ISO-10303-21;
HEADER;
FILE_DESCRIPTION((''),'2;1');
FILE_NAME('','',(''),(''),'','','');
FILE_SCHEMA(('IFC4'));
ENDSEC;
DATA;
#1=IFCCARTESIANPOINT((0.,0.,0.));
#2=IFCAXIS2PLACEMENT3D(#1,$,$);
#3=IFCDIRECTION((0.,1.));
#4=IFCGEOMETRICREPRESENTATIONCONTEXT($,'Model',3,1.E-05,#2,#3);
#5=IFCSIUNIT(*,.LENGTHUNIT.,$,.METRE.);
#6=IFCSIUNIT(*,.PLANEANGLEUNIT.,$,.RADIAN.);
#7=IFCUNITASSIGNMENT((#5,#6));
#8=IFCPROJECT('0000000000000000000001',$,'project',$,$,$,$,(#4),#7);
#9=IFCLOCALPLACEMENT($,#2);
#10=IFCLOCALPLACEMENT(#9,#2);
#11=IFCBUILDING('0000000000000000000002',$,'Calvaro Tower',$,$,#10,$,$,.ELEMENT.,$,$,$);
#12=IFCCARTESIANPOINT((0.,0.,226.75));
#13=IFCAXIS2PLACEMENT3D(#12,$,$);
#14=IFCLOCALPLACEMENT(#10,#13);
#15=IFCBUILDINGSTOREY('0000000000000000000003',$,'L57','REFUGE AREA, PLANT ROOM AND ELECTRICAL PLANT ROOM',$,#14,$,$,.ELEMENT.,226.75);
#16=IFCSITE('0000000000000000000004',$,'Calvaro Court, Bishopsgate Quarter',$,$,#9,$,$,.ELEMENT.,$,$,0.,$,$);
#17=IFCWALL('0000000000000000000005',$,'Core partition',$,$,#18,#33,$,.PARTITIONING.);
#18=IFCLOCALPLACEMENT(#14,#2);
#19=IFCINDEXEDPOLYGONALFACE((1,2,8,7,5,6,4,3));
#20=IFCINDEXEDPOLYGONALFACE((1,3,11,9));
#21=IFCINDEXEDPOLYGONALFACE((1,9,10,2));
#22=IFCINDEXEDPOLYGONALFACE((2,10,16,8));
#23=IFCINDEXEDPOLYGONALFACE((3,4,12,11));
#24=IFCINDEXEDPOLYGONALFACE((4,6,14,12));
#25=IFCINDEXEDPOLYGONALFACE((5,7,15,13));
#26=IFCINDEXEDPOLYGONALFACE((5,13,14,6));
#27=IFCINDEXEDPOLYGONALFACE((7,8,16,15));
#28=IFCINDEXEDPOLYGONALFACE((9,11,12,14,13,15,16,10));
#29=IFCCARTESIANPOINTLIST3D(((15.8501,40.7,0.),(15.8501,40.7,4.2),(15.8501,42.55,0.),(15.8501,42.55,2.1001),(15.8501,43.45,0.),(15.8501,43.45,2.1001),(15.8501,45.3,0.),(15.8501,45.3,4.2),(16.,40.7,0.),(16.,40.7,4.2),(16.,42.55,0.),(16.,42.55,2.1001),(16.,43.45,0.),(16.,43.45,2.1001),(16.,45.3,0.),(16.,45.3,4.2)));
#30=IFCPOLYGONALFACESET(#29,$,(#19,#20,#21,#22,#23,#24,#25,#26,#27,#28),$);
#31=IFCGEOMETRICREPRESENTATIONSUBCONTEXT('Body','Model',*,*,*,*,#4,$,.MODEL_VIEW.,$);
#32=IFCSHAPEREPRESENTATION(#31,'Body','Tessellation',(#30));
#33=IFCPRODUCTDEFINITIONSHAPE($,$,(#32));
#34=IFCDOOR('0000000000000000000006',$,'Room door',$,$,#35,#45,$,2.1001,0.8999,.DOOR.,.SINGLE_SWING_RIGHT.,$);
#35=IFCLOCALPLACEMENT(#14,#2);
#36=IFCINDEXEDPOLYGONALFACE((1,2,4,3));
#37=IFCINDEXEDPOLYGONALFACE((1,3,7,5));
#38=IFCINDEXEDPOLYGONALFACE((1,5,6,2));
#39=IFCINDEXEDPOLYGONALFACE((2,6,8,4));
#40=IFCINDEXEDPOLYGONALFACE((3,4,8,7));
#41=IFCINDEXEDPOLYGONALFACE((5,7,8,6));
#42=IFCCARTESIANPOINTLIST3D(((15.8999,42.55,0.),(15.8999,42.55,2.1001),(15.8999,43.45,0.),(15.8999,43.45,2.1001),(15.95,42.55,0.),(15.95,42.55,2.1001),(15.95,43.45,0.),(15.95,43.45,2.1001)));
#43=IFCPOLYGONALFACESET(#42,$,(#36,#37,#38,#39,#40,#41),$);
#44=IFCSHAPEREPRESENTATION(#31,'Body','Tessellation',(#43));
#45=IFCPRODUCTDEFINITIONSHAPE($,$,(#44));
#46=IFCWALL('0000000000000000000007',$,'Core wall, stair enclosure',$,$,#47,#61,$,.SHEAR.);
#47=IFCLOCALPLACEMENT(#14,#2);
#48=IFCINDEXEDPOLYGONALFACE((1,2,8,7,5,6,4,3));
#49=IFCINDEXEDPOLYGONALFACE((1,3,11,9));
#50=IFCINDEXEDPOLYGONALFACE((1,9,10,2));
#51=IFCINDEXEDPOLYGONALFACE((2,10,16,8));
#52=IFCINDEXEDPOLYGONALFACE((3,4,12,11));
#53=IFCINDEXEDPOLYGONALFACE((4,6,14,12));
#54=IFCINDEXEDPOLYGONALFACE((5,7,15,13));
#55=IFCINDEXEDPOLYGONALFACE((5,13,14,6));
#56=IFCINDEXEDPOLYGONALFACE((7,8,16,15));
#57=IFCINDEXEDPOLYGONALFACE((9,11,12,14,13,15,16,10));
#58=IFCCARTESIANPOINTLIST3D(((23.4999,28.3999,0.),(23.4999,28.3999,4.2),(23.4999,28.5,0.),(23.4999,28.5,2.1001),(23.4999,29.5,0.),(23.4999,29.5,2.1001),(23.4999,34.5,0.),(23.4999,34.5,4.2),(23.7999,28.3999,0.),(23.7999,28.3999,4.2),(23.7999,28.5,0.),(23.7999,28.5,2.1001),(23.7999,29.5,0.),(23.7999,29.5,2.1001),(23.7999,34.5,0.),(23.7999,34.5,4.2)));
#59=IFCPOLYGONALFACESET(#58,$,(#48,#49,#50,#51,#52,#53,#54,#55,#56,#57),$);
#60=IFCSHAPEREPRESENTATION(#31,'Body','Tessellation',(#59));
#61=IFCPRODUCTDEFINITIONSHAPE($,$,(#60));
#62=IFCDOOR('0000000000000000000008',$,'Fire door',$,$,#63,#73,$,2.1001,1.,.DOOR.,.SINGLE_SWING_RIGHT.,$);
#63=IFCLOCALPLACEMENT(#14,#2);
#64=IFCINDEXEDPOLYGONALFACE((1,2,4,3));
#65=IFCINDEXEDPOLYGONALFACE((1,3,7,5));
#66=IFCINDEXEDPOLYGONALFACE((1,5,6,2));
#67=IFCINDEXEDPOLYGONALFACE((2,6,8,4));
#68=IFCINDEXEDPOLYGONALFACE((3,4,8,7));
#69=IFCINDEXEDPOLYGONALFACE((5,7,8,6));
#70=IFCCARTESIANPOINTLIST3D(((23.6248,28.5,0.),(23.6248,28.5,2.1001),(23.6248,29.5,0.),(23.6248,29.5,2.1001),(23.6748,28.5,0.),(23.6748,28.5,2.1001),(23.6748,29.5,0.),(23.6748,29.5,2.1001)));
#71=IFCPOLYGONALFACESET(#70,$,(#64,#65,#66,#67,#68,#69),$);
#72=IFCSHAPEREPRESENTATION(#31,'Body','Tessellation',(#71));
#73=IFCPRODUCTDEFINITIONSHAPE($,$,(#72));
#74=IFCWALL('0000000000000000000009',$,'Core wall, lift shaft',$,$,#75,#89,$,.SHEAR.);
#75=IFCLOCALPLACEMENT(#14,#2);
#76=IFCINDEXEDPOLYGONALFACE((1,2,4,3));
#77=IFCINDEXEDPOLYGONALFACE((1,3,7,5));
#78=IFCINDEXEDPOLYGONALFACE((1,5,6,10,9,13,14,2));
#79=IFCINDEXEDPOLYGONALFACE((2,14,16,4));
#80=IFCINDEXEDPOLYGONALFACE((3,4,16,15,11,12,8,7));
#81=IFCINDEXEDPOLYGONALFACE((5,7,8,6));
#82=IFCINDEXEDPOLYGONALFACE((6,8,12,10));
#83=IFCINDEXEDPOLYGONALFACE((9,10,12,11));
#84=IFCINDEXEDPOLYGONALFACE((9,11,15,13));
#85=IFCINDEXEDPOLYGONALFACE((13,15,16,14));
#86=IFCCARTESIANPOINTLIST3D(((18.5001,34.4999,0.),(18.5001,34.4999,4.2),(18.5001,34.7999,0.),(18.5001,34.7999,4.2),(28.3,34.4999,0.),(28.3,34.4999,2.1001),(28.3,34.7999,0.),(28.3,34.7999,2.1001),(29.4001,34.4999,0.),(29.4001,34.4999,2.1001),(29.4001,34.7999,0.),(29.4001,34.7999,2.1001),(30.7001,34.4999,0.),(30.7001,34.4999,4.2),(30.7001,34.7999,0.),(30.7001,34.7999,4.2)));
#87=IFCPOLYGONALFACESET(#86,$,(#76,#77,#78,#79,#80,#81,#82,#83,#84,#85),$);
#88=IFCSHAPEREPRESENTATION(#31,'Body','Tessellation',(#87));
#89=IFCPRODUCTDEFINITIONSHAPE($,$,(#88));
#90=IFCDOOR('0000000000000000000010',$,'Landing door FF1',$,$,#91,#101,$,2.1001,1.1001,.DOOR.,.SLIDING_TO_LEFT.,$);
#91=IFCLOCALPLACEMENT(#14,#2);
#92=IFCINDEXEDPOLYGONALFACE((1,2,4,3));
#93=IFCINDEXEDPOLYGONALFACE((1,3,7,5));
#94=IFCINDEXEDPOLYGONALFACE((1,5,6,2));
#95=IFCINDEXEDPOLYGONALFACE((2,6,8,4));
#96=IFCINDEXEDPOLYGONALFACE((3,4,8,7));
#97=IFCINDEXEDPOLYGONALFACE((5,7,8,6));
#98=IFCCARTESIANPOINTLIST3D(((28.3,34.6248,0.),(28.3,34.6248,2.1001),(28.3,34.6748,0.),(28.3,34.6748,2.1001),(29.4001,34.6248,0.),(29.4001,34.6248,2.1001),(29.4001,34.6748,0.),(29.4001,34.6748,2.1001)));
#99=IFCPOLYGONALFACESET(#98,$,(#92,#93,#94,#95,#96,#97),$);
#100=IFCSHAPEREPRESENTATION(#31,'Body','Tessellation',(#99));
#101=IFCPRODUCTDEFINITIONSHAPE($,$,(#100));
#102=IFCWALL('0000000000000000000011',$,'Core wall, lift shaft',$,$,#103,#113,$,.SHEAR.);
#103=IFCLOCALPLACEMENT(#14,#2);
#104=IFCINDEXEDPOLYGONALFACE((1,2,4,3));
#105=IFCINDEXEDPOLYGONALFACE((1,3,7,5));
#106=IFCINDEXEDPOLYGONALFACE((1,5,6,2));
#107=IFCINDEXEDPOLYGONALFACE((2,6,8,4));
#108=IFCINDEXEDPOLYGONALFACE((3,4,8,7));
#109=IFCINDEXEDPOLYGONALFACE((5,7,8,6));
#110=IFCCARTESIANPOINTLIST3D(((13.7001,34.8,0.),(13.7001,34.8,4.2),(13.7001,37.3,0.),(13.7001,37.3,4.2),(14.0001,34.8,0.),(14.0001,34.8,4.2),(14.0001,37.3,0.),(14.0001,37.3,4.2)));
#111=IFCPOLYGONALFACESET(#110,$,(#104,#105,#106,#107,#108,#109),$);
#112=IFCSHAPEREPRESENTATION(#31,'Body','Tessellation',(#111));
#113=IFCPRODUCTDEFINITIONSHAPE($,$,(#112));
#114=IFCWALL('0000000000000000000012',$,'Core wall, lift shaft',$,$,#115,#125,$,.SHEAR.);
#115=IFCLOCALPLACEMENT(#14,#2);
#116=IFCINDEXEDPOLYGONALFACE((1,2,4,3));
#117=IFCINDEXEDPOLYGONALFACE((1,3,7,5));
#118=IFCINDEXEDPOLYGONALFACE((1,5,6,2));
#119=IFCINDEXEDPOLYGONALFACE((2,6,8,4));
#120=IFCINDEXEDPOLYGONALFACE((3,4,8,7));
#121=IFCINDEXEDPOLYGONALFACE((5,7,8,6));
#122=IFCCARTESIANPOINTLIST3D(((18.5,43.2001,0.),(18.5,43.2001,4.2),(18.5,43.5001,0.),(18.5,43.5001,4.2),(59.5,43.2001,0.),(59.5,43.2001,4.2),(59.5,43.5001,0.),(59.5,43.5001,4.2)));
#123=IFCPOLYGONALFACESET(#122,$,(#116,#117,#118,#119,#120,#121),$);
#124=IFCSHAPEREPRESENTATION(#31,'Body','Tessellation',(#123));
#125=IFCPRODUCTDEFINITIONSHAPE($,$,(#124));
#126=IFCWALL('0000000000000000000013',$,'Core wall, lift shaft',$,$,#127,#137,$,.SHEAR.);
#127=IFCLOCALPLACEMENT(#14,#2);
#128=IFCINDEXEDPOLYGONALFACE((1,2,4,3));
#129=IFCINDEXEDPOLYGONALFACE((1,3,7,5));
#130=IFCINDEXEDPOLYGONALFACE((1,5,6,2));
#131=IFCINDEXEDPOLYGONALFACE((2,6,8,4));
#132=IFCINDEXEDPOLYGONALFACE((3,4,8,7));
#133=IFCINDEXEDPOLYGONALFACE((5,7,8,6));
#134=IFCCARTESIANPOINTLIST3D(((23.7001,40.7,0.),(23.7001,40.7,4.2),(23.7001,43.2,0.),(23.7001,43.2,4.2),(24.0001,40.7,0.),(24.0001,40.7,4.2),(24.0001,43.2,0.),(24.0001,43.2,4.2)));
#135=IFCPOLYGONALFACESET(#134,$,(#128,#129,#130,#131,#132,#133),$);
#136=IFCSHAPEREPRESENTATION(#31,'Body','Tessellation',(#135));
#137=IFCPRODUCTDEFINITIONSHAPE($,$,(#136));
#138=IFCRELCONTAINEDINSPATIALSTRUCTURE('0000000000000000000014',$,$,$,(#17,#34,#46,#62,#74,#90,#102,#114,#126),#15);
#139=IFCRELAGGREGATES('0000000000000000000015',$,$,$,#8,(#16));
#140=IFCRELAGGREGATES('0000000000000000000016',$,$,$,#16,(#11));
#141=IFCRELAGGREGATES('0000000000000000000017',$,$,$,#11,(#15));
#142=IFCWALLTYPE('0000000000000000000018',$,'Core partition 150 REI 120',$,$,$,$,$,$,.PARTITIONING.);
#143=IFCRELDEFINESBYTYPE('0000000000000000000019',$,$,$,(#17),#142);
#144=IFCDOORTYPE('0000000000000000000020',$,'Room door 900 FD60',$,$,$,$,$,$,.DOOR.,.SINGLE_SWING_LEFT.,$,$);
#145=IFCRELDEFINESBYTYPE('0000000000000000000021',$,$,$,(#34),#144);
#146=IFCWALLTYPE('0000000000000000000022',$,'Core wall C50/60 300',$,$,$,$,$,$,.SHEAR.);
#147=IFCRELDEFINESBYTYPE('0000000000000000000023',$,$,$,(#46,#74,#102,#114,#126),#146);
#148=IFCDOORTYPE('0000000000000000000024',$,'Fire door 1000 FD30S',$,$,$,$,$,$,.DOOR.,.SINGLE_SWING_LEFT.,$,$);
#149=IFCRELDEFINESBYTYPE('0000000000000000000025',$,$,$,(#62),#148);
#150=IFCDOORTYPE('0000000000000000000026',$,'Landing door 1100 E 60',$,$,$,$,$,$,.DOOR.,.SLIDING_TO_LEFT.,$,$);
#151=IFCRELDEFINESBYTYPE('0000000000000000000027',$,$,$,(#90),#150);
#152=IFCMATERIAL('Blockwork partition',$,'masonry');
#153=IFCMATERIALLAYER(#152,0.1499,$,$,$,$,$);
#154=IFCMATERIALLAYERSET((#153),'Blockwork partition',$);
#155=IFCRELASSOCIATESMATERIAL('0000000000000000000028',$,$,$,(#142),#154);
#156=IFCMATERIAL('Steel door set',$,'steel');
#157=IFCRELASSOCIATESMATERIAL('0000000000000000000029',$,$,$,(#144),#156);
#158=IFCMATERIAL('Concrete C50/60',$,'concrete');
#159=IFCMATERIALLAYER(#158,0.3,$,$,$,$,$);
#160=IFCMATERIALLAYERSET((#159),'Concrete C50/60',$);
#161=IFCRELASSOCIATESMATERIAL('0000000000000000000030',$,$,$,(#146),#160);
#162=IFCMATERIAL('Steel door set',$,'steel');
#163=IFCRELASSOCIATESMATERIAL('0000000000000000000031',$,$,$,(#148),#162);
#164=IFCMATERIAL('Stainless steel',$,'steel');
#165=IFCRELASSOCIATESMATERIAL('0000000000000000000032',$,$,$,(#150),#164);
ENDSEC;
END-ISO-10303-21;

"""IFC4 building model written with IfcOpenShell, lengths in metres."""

from ifc_helpers import new_model, si_unit, direction, frame, frame_2d, origin, place, context, subcontext, project, spatial, rectangle, extrude, material, layer, layer_set, type_object, element, fill, save


model = new_model("IFC4")

# Units and contexts
model_context = context("Model", 3, precision=1e-05, world=origin(), true_north=direction((0.0, 1.0)))
body_context = subcontext(model_context, "Body", "Model", "MODEL_VIEW")
ifc_project = project(units=[si_unit("LENGTHUNIT", "METRE"), si_unit("PLANEANGLEUNIT", "RADIAN")], contexts=[model_context])

# Site, building, storey
site_placement = place(None, origin())
site = spatial("IfcSite", under=ifc_project, at=site_placement, Name="Calvaro Court, Bishopsgate Quarter", CompositionType="ELEMENT", RefElevation=0.0)
building_placement = place(site_placement, origin())
building = spatial("IfcBuilding", under=site, at=building_placement, Name="Calvaro Tower", CompositionType="ELEMENT")
storey_placement = place(building_placement, frame((0.0, 0.0, 226.75)))
storey = spatial("IfcBuildingStorey", under=building, at=storey_placement, Name="L57", Description="REFUGE AREA, PLANT ROOM AND ELECTRICAL PLANT ROOM", CompositionType="ELEMENT", Elevation=226.75)

# Walls, openings, doors
ifc_material_1 = material(Name="Blockwork partition", Category="masonry")
ifc_layer_1 = layer(ifc_material_1, 0.1499)
ifc_layer_set_1 = layer_set([ifc_layer_1], Name="Blockwork partition")
wall_type_1 = type_object("IfcWallType", Name="Core partition 150 REI 120", PredefinedType="PARTITIONING", material=ifc_layer_set_1)
wall_1_placement = place(storey_placement, frame((15.925, 45.3, 0.0), z_axis=(0.0, 0.0, 1.0), x_axis=(0.0, -1.0, 0.0)))
wall_1 = element("IfcWall", 1, at=wall_1_placement, inside=storey, type_object=wall_type_1, Name="Core partition", PredefinedType="PARTITIONING", context=body_context, shape_type="SweptSolid", body=[
    extrude(rectangle(XDim=4.6001, YDim=0.1499, at=frame_2d((2.3, 0.0))), origin(), (0.0, 0.0, 1.0), 4.2),
])
opening_1_placement = place(wall_1_placement, frame((1.8501, 0.0, 0.0)))
opening_1 = element("IfcOpeningElement", 2, at=opening_1_placement, cuts=wall_1, PredefinedType="OPENING", context=body_context, shape_type="SweptSolid", body=[
    extrude(rectangle(XDim=0.8999, YDim=2.1001, at=frame_2d((0.45, 1.05))), frame((0.0, 0.085, 0.0), z_axis=(0.0, -1.0, 0.0), x_axis=(1.0, 0.0, 0.0)), (0.0, 0.0, 1.0), 0.1699),
])
ifc_material_2 = material(Name="Steel door set", Category="steel")
door_type_1 = type_object("IfcDoorType", Name="Room door 900 FD60", OperationType="SINGLE_SWING_LEFT", PredefinedType="DOOR", material=ifc_material_2)
door_1_placement = place(opening_1_placement, origin())
door_1 = element("IfcDoor", 3, at=door_1_placement, inside=storey, type_object=door_type_1, Name="Room door", OperationType="SINGLE_SWING_RIGHT", OverallHeight=2.1001, OverallWidth=0.8999, PredefinedType="DOOR", context=body_context, shape_type="SweptSolid", body=[
    extrude(rectangle(XDim=0.8999, YDim=2.1001, at=frame_2d((0.45, 1.05))), frame((0.0, 0.0249, 0.0), z_axis=(0.0, -1.0, 0.0), x_axis=(1.0, 0.0, 0.0)), (0.0, 0.0, 1.0), 0.05),
])
fill(opening_1, door_1)
ifc_material_3 = material(Name="Concrete C50/60", Category="concrete")
ifc_layer_2 = layer(ifc_material_3, 0.3)
ifc_layer_set_2 = layer_set([ifc_layer_2], Name="Concrete C50/60")
wall_type_2 = type_object("IfcWallType", Name="Core wall C50/60 300", PredefinedType="SHEAR", material=ifc_layer_set_2)
wall_2_placement = place(storey_placement, frame((23.6499, 34.5, 0.0), z_axis=(0.0, 0.0, 1.0), x_axis=(0.0, -1.0, 0.0)))
wall_2 = element("IfcWall", 4, at=wall_2_placement, inside=storey, type_object=wall_type_2, Name="Core wall, stair enclosure", PredefinedType="SHEAR", context=body_context, shape_type="SweptSolid", body=[
    extrude(rectangle(XDim=6.1001, YDim=0.3, at=frame_2d((3.05, 0.0))), origin(), (0.0, 0.0, 1.0), 4.2),
])
opening_2_placement = place(wall_2_placement, frame((5.0, 0.0, 0.0)))
opening_2 = element("IfcOpeningElement", 5, at=opening_2_placement, cuts=wall_2, PredefinedType="OPENING", context=body_context, shape_type="SweptSolid", body=[
    extrude(rectangle(XDim=1.0, YDim=2.1001, at=frame_2d((0.5, 1.05))), frame((0.0, 0.1599, 0.0), z_axis=(0.0, -1.0, 0.0), x_axis=(1.0, 0.0, 0.0)), (0.0, 0.0, 1.0), 0.3201),
])
ifc_material_4 = material(Name="Steel door set", Category="steel")
door_type_2 = type_object("IfcDoorType", Name="Fire door 1000 FD30S", OperationType="SINGLE_SWING_LEFT", PredefinedType="DOOR", material=ifc_material_4)
door_2_placement = place(opening_2_placement, origin())
door_2 = element("IfcDoor", 6, at=door_2_placement, inside=storey, type_object=door_type_2, Name="Fire door", OperationType="SINGLE_SWING_RIGHT", OverallHeight=2.1001, OverallWidth=1.0, PredefinedType="DOOR", context=body_context, shape_type="SweptSolid", body=[
    extrude(rectangle(XDim=1.0, YDim=2.1001, at=frame_2d((0.5, 1.05))), frame((0.0, 0.0249, 0.0), z_axis=(0.0, -1.0, 0.0), x_axis=(1.0, 0.0, 0.0)), (0.0, 0.0, 1.0), 0.05),
])
fill(opening_2, door_2)
wall_3_placement = place(storey_placement, frame((18.5, 34.6499, 0.0), z_axis=(0.0, 0.0, 1.0), x_axis=(1.0, 0.0, 0.0)))
wall_3 = element("IfcWall", 7, at=wall_3_placement, inside=storey, type_object=wall_type_2, Name="Core wall, lift shaft", PredefinedType="SHEAR", context=body_context, shape_type="SweptSolid", body=[
    extrude(rectangle(XDim=12.2, YDim=0.3, at=frame_2d((6.1001, 0.0))), origin(), (0.0, 0.0, 1.0), 4.2),
])
opening_3_placement = place(wall_3_placement, frame((9.8, 0.0, 0.0)))
opening_3 = element("IfcOpeningElement", 8, at=opening_3_placement, cuts=wall_3, PredefinedType="OPENING", context=body_context, shape_type="SweptSolid", body=[
    extrude(rectangle(XDim=1.1001, YDim=2.1001, at=frame_2d((0.55, 1.05))), frame((0.0, 0.1599, 0.0), z_axis=(0.0, -1.0, 0.0), x_axis=(1.0, 0.0, 0.0)), (0.0, 0.0, 1.0), 0.3201),
])
ifc_material_5 = material(Name="Stainless steel", Category="steel")
door_type_3 = type_object("IfcDoorType", Name="Landing door 1100 E 60", OperationType="SLIDING_TO_LEFT", PredefinedType="DOOR", material=ifc_material_5)
door_3_placement = place(opening_3_placement, origin())
door_3 = element("IfcDoor", 9, at=door_3_placement, inside=storey, type_object=door_type_3, Name="Landing door FF1", OperationType="SLIDING_TO_LEFT", OverallHeight=2.1001, OverallWidth=1.1001, PredefinedType="DOOR", context=body_context, shape_type="SweptSolid", body=[
    extrude(rectangle(XDim=1.1001, YDim=2.1001, at=frame_2d((0.55, 1.05))), frame((0.0, 0.0249, 0.0), z_axis=(0.0, -1.0, 0.0), x_axis=(1.0, 0.0, 0.0)), (0.0, 0.0, 1.0), 0.05),
])
fill(opening_3, door_3)

# Wall
wall_4_placement = place(storey_placement, frame((13.8501, 34.8, 0.0), z_axis=(0.0, 0.0, 1.0), x_axis=(0.0, 1.0, 0.0)))
element("IfcWall", 10, at=wall_4_placement, inside=storey, type_object=wall_type_2, Name="Core wall, lift shaft", PredefinedType="SHEAR", context=body_context, shape_type="SweptSolid", body=[
    extrude(rectangle(XDim=2.5, YDim=0.3, at=frame_2d((1.25, 0.0))), origin(), (0.0, 0.0, 1.0), 4.2),
])

# Walls
wall_5_placement = place(storey_placement, frame((18.5, 43.3501, 0.0), z_axis=(0.0, 0.0, 1.0), x_axis=(1.0, 0.0, 0.0)))
element("IfcWall", 11, at=wall_5_placement, inside=storey, type_object=wall_type_2, Name="Core wall, lift shaft", PredefinedType="SHEAR", context=body_context, shape_type="SweptSolid", body=[
    extrude(rectangle(XDim=41.0, YDim=0.3, at=frame_2d((20.5, 0.0))), origin(), (0.0, 0.0, 1.0), 4.2),
])
wall_6_placement = place(storey_placement, frame((23.8501, 40.7, 0.0), z_axis=(0.0, 0.0, 1.0), x_axis=(0.0, 1.0, 0.0)))
element("IfcWall", 12, at=wall_6_placement, inside=storey, type_object=wall_type_2, Name="Core wall, lift shaft", PredefinedType="SHEAR", context=body_context, shape_type="SweptSolid", body=[
    extrude(rectangle(XDim=2.5, YDim=0.3, at=frame_2d((1.25, 0.0))), origin(), (0.0, 0.0, 1.0), 4.2),
])

save(model, "model.ifc")
